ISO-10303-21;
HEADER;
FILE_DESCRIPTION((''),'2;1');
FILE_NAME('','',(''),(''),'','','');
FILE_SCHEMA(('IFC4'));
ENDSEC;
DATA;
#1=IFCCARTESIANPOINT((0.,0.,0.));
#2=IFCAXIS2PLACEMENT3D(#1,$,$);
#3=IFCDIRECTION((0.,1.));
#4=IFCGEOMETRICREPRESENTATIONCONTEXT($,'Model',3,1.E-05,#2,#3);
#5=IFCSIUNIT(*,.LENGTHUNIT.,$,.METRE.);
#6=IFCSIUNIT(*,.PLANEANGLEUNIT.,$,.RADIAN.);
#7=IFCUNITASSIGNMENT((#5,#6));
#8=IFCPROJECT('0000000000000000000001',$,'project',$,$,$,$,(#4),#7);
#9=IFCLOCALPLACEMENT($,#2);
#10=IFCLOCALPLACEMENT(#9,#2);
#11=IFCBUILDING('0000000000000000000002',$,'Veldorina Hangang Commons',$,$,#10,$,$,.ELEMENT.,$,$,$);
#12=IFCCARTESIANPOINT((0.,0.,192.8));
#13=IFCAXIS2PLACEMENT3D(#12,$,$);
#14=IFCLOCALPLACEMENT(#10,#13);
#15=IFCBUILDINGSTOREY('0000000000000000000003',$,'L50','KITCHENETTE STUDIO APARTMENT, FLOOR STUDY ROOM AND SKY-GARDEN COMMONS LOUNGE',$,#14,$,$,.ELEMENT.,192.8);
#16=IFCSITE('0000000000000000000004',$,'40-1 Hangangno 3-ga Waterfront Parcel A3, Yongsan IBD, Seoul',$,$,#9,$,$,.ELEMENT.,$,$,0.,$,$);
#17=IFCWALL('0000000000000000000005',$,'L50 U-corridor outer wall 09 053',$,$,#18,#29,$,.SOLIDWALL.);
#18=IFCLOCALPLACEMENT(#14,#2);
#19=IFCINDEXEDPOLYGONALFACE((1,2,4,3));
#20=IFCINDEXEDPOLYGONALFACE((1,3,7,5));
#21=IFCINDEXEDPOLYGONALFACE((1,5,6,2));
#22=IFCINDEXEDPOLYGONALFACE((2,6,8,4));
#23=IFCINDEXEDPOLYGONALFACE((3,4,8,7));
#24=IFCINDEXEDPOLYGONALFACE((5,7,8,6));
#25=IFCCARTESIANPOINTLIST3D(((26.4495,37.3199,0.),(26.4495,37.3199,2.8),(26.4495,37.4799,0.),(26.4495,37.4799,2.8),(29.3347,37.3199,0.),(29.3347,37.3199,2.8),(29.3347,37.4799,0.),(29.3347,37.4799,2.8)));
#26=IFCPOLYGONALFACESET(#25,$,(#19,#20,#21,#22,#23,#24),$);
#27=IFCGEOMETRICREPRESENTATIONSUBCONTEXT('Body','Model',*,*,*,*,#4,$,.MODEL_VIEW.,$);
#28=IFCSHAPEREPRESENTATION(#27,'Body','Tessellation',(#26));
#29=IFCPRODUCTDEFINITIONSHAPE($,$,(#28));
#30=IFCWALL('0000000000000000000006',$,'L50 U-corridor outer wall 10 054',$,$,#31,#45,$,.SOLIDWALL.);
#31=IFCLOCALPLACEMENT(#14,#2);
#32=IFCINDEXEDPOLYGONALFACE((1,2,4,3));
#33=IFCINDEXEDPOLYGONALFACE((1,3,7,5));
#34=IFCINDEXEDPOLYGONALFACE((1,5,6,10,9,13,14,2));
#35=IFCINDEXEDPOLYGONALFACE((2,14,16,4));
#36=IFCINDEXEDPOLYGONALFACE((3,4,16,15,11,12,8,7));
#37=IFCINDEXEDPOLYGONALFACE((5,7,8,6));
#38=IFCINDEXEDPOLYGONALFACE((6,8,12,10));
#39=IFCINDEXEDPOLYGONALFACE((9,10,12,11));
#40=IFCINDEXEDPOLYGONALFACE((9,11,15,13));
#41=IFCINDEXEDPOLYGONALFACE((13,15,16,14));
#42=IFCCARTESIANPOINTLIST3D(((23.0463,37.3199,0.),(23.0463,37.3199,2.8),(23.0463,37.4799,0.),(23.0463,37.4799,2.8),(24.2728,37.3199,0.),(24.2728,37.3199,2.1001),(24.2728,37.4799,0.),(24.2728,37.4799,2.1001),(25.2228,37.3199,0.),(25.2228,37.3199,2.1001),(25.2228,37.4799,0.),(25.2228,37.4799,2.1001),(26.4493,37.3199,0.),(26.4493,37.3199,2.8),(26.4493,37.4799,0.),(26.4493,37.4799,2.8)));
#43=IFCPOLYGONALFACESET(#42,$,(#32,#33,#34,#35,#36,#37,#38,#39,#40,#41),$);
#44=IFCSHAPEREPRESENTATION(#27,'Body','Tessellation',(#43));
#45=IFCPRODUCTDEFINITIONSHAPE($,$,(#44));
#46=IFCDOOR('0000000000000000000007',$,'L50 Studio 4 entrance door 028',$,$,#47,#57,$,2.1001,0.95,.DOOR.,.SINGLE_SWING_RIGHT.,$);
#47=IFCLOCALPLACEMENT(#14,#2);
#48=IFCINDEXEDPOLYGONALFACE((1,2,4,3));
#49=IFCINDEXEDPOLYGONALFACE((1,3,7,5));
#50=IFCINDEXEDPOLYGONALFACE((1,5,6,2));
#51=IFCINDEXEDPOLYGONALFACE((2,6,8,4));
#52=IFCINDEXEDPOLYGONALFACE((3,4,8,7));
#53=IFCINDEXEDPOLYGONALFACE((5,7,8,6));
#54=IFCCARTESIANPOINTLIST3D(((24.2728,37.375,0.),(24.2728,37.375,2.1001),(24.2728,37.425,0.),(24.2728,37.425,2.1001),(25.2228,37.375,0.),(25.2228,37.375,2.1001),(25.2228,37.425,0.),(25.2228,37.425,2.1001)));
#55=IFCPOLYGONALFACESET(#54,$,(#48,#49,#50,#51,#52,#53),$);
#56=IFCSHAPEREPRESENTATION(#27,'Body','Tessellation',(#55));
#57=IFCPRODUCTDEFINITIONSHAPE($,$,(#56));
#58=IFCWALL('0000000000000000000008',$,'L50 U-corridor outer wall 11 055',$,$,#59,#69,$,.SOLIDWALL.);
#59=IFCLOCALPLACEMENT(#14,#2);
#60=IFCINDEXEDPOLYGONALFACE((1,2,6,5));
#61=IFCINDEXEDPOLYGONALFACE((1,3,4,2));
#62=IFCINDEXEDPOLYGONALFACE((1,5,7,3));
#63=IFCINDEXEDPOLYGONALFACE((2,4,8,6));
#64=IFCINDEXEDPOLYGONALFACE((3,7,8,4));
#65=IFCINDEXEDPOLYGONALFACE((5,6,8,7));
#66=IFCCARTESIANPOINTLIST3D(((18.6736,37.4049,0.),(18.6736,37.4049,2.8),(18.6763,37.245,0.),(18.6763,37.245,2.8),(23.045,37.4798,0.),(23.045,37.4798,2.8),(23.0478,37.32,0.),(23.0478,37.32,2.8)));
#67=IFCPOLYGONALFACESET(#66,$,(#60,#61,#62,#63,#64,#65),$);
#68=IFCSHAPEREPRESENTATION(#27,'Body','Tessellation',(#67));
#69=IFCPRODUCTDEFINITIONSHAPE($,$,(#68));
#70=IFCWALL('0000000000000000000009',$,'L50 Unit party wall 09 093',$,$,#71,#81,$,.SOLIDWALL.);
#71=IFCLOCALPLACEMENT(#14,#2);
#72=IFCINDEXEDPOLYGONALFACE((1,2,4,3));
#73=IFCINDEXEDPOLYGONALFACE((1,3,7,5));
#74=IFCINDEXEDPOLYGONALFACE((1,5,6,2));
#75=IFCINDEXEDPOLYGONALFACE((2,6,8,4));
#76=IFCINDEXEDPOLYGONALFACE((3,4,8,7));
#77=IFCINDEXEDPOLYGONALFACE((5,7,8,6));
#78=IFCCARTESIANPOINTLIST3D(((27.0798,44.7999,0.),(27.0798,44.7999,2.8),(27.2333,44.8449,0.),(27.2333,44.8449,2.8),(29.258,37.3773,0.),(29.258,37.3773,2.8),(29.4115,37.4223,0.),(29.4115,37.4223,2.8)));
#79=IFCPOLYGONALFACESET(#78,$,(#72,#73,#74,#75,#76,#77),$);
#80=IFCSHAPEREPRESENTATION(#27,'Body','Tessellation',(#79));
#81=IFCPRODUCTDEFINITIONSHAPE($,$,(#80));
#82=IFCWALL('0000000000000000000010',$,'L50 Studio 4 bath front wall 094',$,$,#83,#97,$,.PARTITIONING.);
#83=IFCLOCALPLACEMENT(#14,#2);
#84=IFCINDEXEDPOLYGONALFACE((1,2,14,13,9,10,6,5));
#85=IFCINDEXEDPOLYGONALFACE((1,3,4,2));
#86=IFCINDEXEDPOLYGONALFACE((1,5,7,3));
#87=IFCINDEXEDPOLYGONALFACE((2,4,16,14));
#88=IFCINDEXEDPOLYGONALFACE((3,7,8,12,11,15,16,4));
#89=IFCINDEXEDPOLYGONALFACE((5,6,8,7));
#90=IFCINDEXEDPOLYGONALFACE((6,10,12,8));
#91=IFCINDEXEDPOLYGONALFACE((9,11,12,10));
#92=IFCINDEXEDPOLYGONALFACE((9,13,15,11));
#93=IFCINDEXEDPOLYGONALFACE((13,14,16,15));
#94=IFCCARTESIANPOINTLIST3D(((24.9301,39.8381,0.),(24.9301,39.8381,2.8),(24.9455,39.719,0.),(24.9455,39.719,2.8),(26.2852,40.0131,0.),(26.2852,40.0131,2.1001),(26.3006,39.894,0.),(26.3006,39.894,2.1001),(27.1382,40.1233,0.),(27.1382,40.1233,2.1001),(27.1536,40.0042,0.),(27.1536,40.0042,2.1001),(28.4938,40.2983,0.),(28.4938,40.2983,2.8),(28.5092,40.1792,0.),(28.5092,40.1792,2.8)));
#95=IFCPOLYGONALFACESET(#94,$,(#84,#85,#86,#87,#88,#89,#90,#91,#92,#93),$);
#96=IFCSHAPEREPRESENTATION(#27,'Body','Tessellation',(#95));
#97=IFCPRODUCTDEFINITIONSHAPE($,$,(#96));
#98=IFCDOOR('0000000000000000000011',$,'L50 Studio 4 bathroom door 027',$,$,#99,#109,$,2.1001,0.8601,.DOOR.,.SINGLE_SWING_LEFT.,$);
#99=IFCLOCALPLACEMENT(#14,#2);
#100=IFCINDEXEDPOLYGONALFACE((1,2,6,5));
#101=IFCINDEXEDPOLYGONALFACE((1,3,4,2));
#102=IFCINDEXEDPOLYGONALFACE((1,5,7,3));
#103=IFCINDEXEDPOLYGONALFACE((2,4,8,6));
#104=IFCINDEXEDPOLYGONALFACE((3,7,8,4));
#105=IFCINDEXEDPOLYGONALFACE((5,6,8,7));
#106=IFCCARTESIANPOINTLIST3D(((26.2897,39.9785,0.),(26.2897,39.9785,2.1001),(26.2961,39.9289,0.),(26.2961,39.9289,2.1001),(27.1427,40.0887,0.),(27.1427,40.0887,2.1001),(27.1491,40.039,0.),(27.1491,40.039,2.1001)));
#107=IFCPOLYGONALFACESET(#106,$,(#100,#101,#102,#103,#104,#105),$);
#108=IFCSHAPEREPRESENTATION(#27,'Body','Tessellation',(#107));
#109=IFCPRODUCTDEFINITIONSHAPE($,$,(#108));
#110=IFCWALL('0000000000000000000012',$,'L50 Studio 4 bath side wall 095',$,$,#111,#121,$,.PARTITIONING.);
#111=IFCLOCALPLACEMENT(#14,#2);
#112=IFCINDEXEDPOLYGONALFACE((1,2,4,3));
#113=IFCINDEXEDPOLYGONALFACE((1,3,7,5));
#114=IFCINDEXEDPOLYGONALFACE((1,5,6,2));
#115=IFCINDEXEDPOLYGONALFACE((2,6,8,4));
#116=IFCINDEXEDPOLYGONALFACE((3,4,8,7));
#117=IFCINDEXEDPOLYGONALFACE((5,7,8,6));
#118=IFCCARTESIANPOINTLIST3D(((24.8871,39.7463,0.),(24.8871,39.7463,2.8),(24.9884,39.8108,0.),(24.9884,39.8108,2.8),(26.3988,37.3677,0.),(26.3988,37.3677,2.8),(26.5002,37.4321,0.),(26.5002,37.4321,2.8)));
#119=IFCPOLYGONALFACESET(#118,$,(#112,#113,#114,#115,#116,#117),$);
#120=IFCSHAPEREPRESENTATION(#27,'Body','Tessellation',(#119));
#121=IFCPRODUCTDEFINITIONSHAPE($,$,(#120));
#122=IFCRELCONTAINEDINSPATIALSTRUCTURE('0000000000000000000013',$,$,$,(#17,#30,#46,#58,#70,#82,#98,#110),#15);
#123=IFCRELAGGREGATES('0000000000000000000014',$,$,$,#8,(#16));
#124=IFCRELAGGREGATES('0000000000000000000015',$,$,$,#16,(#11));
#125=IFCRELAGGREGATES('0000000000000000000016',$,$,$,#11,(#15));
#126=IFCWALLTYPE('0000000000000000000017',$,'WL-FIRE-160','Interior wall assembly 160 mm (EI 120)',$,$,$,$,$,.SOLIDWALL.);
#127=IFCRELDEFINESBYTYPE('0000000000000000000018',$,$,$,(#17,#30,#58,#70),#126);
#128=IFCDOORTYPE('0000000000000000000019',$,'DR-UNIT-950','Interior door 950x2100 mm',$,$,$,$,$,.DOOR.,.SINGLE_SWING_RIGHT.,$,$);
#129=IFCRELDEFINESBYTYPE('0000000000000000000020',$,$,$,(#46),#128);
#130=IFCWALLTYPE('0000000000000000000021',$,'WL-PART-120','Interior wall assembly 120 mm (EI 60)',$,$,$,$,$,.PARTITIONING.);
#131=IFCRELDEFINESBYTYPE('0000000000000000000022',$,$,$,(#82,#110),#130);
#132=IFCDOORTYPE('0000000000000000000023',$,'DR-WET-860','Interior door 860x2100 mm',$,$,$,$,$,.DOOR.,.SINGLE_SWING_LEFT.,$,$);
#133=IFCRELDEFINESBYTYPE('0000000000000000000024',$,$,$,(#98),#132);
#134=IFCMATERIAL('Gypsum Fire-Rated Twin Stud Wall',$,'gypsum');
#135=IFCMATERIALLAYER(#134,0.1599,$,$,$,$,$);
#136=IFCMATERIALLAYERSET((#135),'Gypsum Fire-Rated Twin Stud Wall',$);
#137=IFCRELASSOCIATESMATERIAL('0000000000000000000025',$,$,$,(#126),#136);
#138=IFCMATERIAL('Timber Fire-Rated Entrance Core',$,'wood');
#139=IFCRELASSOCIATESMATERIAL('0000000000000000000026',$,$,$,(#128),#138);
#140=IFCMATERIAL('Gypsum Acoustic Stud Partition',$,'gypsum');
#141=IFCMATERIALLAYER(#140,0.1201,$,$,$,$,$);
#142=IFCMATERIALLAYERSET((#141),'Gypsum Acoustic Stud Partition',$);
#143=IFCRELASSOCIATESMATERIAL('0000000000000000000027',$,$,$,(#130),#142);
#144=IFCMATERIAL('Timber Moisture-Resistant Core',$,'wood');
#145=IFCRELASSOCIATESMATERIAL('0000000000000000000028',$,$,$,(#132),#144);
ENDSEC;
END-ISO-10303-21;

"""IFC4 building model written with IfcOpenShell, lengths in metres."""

from ifc_helpers import new_model, si_unit, direction, frame, frame_2d, origin, place, context, subcontext, project, spatial, rectangle, extrude, material, layer, layer_set, type_object, element, fill, save


model = new_model("IFC4")

# Units and contexts
model_context = context("Model", 3, precision=1e-05, world=origin(), true_north=direction((0.0, 1.0)))
body_context = subcontext(model_context, "Body", "Model", "MODEL_VIEW")
ifc_project = project(units=[si_unit("LENGTHUNIT", "METRE"), si_unit("PLANEANGLEUNIT", "RADIAN")], contexts=[model_context])

# Site, building, storey
site_placement = place(None, origin())
site = spatial("IfcSite", under=ifc_project, at=site_placement, Name="40-1 Hangangno 3-ga Waterfront Parcel A3, Yongsan IBD, Seoul", CompositionType="ELEMENT", RefElevation=0.0)
building_placement = place(site_placement, origin())
building = spatial("IfcBuilding", under=site, at=building_placement, Name="Veldorina Hangang Commons", CompositionType="ELEMENT")
storey_placement = place(building_placement, frame((0.0, 0.0, 192.8)))
storey = spatial("IfcBuildingStorey", under=building, at=storey_placement, Name="L50", Description="KITCHENETTE STUDIO APARTMENT, FLOOR STUDY ROOM AND SKY-GARDEN COMMONS LOUNGE", CompositionType="ELEMENT", Elevation=192.8)

# Wall
ifc_material_1 = material(Name="Gypsum Fire-Rated Twin Stud Wall", Category="gypsum")
ifc_layer_1 = layer(ifc_material_1, 0.1599)
ifc_layer_set_1 = layer_set([ifc_layer_1], Name="Gypsum Fire-Rated Twin Stud Wall")
wall_type_1 = type_object("IfcWallType", Name="WL-FIRE-160", Description="Interior wall assembly 160 mm (EI 120)", PredefinedType="SOLIDWALL", material=ifc_layer_set_1)
wall_1_placement = place(storey_placement, frame((29.3347, 37.3999, 0.0), z_axis=(0.0, 0.0, 1.0), x_axis=(-1.0, 0.0, 0.0)))
element("IfcWall", 1, at=wall_1_placement, inside=storey, type_object=wall_type_1, Name="L50 U-corridor outer wall 09 053", PredefinedType="SOLIDWALL", context=body_context, shape_type="SweptSolid", body=[
    extrude(rectangle(XDim=2.8853, YDim=0.1599, at=frame_2d((1.4426, 0.0))), origin(), (0.0, 0.0, 1.0), 2.8),
])

# Wall, opening, door
wall_2_placement = place(storey_placement, frame((26.4495, 37.3999, 0.0), z_axis=(0.0, 0.0, 1.0), x_axis=(-1.0, 0.0, 0.0)))
wall_2 = element("IfcWall", 2, at=wall_2_placement, inside=storey, type_object=wall_type_1, Name="L50 U-corridor outer wall 10 054", PredefinedType="SOLIDWALL", context=body_context, shape_type="SweptSolid", body=[
    extrude(rectangle(XDim=3.4031, YDim=0.1599, at=frame_2d((1.7017, 0.0))), origin(), (0.0, 0.0, 1.0), 2.8),
])
opening_1_placement = place(wall_2_placement, frame((1.2266, 0.0, 0.0)))
opening_1 = element("IfcOpeningElement", 3, at=opening_1_placement, cuts=wall_2, PredefinedType="OPENING", context=body_context, shape_type="SweptSolid", body=[
    extrude(rectangle(XDim=0.95, YDim=2.1001, at=frame_2d((0.4751, 1.05))), frame((0.0, 0.0898, 0.0), z_axis=(0.0, -1.0, 0.0), x_axis=(1.0, 0.0, 0.0)), (0.0, 0.0, 1.0), 0.1799),
])
ifc_material_2 = material(Name="Timber Fire-Rated Entrance Core", Category="wood")
door_type_1 = type_object("IfcDoorType", Name="DR-UNIT-950", Description="Interior door 950x2100 mm", OperationType="SINGLE_SWING_RIGHT", PredefinedType="DOOR", material=ifc_material_2)
door_1_placement = place(opening_1_placement, origin())
door_1 = element("IfcDoor", 4, at=door_1_placement, inside=storey, type_object=door_type_1, Name="L50 Studio 4 entrance door 028", OperationType="SINGLE_SWING_RIGHT", OverallHeight=2.1001, OverallWidth=0.95, PredefinedType="DOOR", context=body_context, shape_type="SweptSolid", body=[
    extrude(rectangle(XDim=0.95, YDim=2.1001, at=frame_2d((0.4751, 1.05))), frame((0.0, 0.0249, 0.0), z_axis=(0.0, -1.0, 0.0), x_axis=(1.0, 0.0, 0.0)), (0.0, 0.0, 1.0), 0.05),
])
fill(opening_1, door_1)

# Walls
wall_3_placement = place(storey_placement, frame((23.0464, 37.3999, 0.0), z_axis=(0.0, 0.0, 1.0), x_axis=(-0.999853, -0.017144, 0.0)))
element("IfcWall", 5, at=wall_3_placement, inside=storey, type_object=wall_type_1, Name="L50 U-corridor outer wall 11 055", PredefinedType="SOLIDWALL", context=body_context, shape_type="SweptSolid", body=[
    extrude(rectangle(XDim=4.3721, YDim=0.1599, at=frame_2d((2.186, 0.0))), origin(), (0.0, 0.0, 1.0), 2.8),
])
wall_4_placement = place(storey_placement, frame((29.3347, 37.3999, 0.0), z_axis=(0.0, 0.0, 1.0), x_axis=(-0.281584, 0.959537, 0.0)))
element("IfcWall", 6, at=wall_4_placement, inside=storey, type_object=wall_type_1, Name="L50 Unit party wall 09 093", PredefinedType="SOLIDWALL", context=body_context, shape_type="SweptSolid", body=[
    extrude(rectangle(XDim=7.7356, YDim=0.1599, at=frame_2d((3.8677, 0.0))), origin(), (0.0, 0.0, 1.0), 2.8),
])

# Wall, opening, door
ifc_material_3 = material(Name="Gypsum Acoustic Stud Partition", Category="gypsum")
ifc_layer_2 = layer(ifc_material_3, 0.1201)
ifc_layer_set_2 = layer_set([ifc_layer_2], Name="Gypsum Acoustic Stud Partition")
wall_type_2 = type_object("IfcWallType", Name="WL-PART-120", Description="Interior wall assembly 120 mm (EI 60)", PredefinedType="PARTITIONING", material=ifc_layer_set_2)
wall_5_placement = place(storey_placement, frame((28.5015, 40.2388, 0.0), z_axis=(0.0, 0.0, 1.0), x_axis=(-0.991765, -0.128073, 0.0)))
wall_5 = element("IfcWall", 7, at=wall_5_placement, inside=storey, type_object=wall_type_2, Name="L50 Studio 4 bath front wall 094", PredefinedType="PARTITIONING", context=body_context, shape_type="SweptSolid", body=[
    extrude(rectangle(XDim=3.5933, YDim=0.1201, at=frame_2d((1.7966, 0.0))), origin(), (0.0, 0.0, 1.0), 2.8),
])
opening_2_placement = place(wall_5_placement, frame((1.3667, 0.0, 0.0)))
opening_2 = element("IfcOpeningElement", 8, at=opening_2_placement, cuts=wall_5, PredefinedType="OPENING", context=body_context, shape_type="SweptSolid", body=[
    extrude(rectangle(XDim=0.8601, YDim=2.1001, at=frame_2d((0.4302, 1.05))), frame((0.0, 0.0701, 0.0), z_axis=(0.0, -1.0, 0.0), x_axis=(1.0, 0.0, 0.0)), (0.0, 0.0, 1.0), 0.1401),
])
ifc_material_4 = material(Name="Timber Moisture-Resistant Core", Category="wood")
door_type_2 = type_object("IfcDoorType", Name="DR-WET-860", Description="Interior door 860x2100 mm", OperationType="SINGLE_SWING_LEFT", PredefinedType="DOOR", material=ifc_material_4)
door_2_placement = place(opening_2_placement, origin())
door_2 = element("IfcDoor", 9, at=door_2_placement, inside=storey, type_object=door_type_2, Name="L50 Studio 4 bathroom door 027", OperationType="SINGLE_SWING_LEFT", OverallHeight=2.1001, OverallWidth=0.8601, PredefinedType="DOOR", context=body_context, shape_type="SweptSolid", body=[
    extrude(rectangle(XDim=0.8601, YDim=2.1001, at=frame_2d((0.4302, 1.05))), frame((0.0, 0.0249, 0.0), z_axis=(0.0, -1.0, 0.0), x_axis=(1.0, 0.0, 0.0)), (0.0, 0.0, 1.0), 0.05),
])
fill(opening_2, door_2)

# Wall
wall_6_placement = place(storey_placement, frame((26.4495, 37.3999, 0.0), z_axis=(0.0, 0.0, 1.0), x_axis=(-0.536377, 0.843979, 0.0)))
element("IfcWall", 10, at=wall_6_placement, inside=storey, type_object=wall_type_2, Name="L50 Studio 4 bath side wall 095", PredefinedType="PARTITIONING", context=body_context, shape_type="SweptSolid", body=[
    extrude(rectangle(XDim=2.8184, YDim=0.1201, at=frame_2d((1.4092, 0.0))), origin(), (0.0, 0.0, 1.0), 2.8),
])

save(model, "model.ifc")
